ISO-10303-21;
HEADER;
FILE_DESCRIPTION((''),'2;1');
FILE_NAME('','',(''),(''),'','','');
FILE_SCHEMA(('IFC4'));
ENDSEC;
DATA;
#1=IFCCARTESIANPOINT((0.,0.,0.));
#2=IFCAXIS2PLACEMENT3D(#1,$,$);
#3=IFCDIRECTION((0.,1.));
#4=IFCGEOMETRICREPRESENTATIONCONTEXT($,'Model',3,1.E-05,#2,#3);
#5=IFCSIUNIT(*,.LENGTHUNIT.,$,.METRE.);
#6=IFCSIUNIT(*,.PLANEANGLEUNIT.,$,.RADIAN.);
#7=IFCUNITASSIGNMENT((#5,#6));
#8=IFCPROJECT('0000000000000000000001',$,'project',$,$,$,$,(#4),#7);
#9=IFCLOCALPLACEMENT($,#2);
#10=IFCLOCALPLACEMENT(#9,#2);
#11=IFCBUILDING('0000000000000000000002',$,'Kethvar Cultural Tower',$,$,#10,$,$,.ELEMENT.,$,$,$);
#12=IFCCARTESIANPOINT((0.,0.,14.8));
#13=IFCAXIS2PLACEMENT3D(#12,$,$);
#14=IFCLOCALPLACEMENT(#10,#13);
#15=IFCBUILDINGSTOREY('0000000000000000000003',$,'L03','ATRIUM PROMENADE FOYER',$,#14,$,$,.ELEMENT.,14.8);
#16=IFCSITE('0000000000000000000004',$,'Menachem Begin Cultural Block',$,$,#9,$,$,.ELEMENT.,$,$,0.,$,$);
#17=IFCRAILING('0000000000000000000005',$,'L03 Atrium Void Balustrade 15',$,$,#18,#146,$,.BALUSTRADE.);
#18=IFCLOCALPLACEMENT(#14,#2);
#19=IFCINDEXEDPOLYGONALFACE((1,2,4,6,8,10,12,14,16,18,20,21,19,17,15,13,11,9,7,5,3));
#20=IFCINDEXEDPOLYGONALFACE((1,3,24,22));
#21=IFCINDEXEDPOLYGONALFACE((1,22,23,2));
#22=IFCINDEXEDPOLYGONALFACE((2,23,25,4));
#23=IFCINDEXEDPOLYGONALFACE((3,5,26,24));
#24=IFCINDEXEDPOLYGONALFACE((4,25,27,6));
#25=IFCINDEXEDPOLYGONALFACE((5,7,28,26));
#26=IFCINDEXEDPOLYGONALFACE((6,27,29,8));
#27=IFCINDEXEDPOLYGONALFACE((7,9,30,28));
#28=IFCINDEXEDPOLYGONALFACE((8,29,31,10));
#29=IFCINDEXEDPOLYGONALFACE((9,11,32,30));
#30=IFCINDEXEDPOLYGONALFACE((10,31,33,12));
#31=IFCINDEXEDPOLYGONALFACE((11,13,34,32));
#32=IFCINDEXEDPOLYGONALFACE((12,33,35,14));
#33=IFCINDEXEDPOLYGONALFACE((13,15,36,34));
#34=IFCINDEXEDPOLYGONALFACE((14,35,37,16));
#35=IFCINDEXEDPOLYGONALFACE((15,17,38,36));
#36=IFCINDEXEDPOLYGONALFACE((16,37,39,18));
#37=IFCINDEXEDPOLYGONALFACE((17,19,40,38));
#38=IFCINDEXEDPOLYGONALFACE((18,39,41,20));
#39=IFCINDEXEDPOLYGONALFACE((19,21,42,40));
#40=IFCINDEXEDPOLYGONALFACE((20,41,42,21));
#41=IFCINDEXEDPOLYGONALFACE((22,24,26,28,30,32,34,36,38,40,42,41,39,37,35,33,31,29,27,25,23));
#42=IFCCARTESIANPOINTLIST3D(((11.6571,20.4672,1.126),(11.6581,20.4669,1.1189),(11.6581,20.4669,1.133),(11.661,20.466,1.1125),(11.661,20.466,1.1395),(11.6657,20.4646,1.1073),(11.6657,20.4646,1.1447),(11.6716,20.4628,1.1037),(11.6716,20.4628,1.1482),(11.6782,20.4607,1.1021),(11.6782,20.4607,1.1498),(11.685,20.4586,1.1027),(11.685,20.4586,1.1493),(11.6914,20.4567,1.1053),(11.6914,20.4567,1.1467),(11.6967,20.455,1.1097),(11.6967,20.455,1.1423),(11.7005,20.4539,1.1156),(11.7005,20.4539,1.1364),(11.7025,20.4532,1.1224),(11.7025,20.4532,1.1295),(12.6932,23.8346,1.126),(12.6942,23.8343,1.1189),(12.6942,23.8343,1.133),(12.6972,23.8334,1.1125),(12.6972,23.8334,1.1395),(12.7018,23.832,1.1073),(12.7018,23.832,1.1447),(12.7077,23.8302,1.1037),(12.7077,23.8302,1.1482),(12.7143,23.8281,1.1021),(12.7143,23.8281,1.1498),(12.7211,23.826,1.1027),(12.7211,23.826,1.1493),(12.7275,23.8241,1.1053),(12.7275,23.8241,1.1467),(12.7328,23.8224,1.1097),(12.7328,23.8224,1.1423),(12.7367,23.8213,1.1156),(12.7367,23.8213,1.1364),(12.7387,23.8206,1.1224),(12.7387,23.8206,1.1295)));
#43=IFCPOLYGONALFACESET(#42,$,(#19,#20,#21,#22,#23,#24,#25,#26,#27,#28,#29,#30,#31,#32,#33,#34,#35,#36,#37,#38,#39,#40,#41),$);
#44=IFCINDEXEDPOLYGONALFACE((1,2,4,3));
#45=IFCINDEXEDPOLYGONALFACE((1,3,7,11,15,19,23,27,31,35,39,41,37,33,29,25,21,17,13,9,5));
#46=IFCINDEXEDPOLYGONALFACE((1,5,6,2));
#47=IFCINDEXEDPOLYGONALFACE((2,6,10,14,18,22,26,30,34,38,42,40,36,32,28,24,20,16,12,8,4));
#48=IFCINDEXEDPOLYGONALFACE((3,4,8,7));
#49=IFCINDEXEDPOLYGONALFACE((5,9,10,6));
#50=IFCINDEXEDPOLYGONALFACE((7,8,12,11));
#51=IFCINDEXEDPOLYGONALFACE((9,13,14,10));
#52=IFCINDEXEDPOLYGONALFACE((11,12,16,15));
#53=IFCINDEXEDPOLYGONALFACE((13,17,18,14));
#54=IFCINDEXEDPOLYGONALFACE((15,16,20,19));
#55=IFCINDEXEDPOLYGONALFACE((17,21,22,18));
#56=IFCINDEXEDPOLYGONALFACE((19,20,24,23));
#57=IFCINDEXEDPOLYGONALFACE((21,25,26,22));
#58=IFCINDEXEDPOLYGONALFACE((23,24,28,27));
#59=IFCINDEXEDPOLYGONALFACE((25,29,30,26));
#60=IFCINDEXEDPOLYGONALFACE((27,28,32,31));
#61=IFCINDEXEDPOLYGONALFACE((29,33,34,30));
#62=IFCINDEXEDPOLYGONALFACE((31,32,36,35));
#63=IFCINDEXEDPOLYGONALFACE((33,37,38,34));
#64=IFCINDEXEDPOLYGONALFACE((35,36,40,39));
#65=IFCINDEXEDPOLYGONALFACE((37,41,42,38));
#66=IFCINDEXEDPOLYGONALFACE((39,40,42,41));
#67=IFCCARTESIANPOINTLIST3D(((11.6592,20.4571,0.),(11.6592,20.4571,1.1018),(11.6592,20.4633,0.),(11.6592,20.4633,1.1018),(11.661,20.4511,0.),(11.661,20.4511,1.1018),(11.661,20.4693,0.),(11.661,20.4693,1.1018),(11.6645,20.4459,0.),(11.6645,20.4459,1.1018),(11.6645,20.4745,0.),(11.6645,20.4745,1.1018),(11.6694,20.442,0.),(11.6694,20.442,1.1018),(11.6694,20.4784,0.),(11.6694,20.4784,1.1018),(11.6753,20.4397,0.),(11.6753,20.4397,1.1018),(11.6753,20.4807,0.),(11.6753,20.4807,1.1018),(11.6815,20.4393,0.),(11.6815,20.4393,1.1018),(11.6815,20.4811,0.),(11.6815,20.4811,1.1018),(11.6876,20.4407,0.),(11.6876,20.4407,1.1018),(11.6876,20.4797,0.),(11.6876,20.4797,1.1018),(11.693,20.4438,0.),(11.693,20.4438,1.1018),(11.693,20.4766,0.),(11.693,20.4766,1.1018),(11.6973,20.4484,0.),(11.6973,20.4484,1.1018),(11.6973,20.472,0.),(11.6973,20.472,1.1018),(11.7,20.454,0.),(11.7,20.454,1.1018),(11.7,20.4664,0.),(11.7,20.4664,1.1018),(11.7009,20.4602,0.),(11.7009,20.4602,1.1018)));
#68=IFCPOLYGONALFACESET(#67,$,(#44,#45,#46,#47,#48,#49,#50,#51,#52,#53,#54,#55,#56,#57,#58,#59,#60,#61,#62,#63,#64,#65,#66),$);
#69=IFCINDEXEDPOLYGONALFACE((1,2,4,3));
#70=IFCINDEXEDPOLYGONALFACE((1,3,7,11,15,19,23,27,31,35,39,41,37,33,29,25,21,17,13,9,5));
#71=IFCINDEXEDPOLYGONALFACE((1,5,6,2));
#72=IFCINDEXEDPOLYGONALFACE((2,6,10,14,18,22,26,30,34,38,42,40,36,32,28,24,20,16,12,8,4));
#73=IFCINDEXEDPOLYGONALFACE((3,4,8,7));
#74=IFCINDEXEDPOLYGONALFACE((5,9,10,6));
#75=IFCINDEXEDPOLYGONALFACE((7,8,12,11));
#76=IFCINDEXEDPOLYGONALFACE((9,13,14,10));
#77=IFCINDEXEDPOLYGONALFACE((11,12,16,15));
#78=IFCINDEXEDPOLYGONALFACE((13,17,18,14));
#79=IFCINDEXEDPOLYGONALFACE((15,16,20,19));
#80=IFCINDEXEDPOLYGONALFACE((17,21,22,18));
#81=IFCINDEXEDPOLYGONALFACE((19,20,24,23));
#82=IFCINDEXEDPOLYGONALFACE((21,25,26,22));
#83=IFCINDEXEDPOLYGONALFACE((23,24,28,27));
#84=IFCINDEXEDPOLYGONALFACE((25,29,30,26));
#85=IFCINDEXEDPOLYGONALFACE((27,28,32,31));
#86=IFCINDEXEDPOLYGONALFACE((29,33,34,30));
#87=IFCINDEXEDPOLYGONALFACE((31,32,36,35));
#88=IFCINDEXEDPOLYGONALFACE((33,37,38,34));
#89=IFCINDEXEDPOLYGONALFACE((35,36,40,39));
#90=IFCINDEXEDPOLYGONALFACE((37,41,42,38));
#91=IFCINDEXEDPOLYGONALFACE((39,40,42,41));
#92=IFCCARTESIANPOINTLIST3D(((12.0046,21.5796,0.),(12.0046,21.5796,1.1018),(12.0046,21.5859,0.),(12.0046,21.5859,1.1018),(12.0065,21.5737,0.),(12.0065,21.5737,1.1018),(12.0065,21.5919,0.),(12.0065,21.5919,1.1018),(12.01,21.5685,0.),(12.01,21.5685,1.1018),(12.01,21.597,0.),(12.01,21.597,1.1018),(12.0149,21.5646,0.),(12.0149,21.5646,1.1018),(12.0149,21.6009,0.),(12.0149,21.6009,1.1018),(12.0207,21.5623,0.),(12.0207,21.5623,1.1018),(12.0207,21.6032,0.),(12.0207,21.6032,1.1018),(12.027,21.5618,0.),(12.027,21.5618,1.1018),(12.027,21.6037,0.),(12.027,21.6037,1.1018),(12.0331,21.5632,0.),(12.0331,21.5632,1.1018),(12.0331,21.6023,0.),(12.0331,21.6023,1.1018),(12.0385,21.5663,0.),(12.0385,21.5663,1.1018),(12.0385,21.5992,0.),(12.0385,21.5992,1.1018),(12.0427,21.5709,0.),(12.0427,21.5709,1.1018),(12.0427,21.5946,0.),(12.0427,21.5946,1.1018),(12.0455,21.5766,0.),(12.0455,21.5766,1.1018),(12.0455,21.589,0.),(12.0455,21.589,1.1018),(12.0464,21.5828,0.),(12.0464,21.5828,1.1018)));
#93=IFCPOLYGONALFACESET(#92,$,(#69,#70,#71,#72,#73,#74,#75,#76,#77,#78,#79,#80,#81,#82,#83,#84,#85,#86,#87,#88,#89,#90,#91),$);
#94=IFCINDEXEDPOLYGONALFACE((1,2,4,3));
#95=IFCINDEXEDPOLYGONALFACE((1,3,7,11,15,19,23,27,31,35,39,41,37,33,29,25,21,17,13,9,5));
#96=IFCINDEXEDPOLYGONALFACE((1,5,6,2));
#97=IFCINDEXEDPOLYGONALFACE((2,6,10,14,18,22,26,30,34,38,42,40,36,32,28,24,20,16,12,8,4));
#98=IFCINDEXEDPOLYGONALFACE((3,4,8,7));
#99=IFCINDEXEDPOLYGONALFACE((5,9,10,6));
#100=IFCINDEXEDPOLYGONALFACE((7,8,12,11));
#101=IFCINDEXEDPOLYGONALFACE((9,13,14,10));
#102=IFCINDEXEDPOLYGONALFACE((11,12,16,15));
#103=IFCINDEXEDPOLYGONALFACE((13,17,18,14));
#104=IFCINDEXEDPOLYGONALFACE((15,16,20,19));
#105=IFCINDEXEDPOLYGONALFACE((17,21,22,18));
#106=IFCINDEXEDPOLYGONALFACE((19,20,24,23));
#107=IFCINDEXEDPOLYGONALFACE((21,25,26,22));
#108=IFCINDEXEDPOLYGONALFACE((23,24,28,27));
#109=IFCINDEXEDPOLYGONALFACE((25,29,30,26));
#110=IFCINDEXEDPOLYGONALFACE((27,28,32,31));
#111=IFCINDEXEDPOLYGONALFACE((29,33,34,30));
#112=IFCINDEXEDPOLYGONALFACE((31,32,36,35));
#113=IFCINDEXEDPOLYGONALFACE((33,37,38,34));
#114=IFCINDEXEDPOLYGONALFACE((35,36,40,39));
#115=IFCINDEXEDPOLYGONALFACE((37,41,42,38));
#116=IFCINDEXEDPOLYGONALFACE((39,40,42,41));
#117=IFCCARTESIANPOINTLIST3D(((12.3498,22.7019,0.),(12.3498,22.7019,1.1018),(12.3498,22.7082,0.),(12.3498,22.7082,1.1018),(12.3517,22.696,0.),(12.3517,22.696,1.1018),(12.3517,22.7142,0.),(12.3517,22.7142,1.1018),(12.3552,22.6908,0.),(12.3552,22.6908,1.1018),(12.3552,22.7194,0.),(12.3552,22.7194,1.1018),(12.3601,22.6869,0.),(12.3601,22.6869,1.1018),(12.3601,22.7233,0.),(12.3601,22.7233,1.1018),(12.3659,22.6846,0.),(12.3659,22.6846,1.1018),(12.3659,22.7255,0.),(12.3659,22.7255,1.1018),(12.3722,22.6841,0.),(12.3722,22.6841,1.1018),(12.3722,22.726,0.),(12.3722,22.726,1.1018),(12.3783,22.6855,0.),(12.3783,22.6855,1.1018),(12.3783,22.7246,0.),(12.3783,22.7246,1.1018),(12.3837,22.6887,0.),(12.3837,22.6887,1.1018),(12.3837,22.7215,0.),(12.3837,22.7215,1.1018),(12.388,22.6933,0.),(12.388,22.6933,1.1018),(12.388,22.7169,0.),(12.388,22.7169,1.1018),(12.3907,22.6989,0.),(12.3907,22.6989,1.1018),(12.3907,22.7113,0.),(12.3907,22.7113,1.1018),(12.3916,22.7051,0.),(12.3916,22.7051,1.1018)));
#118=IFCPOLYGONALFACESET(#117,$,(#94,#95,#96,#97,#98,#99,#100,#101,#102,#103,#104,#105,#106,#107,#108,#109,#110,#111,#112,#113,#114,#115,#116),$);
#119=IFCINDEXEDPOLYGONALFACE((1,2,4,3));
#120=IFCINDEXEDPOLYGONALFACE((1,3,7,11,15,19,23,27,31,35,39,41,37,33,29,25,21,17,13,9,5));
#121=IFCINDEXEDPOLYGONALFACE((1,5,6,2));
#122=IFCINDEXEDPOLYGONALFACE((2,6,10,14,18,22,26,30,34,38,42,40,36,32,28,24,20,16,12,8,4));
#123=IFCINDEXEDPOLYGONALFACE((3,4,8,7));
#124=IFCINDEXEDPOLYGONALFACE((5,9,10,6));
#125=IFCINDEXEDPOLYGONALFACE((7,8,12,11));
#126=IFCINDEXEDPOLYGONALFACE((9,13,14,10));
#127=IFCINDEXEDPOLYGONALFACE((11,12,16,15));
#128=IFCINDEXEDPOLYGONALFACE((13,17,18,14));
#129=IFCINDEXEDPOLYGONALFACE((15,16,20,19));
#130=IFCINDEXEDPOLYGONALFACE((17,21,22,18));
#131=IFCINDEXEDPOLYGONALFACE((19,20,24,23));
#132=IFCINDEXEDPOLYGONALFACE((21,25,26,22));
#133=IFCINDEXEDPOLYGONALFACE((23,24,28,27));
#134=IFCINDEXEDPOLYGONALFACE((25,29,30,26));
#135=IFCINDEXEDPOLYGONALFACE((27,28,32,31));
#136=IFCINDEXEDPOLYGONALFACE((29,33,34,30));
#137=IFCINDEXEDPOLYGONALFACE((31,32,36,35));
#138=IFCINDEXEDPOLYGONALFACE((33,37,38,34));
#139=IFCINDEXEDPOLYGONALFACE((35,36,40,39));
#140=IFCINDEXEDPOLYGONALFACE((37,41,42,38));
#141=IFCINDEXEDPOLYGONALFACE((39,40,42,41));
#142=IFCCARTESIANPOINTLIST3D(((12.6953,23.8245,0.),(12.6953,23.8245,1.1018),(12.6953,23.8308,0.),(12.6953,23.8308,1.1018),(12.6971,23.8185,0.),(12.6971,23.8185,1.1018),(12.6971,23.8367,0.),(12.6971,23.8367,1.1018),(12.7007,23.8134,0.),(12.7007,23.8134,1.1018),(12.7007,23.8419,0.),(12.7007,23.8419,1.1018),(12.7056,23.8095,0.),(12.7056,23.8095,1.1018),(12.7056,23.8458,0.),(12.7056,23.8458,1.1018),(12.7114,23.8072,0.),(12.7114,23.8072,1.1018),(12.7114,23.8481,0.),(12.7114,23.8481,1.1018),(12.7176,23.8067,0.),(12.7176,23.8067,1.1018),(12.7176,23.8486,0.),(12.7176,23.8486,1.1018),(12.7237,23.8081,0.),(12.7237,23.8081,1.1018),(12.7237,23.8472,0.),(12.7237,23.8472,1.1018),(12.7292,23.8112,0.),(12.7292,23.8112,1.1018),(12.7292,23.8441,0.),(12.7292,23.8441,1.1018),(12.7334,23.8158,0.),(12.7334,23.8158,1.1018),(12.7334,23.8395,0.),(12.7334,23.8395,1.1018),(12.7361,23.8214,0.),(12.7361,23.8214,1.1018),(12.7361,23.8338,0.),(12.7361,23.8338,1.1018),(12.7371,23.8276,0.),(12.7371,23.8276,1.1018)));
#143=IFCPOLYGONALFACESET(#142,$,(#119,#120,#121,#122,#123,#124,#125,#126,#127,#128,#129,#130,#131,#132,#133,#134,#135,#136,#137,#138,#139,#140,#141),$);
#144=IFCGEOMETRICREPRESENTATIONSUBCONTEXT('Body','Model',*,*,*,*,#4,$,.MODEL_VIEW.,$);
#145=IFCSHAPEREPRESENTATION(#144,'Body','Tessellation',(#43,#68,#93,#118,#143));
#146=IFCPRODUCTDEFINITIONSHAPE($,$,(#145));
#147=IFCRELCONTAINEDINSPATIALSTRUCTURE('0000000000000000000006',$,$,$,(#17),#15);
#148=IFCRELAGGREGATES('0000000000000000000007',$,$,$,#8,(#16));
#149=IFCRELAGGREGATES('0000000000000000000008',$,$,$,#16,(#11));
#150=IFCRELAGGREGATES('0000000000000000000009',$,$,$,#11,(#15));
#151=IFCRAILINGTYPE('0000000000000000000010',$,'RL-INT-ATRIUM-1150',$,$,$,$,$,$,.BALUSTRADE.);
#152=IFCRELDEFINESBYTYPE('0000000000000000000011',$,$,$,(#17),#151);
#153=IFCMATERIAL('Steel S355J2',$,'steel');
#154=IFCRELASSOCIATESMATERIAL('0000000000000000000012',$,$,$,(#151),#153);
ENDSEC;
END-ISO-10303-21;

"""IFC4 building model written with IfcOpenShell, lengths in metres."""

from ifc_helpers import new_model, si_unit, direction, frame, origin, origin_2d, place, context, subcontext, project, spatial, circle, extrude, material, type_object, element, save


model = new_model("IFC4")

# Units and contexts
model_context = context("Model", 3, precision=1e-05, world=origin(), true_north=direction((0.0, 1.0)))
body_context = subcontext(model_context, "Body", "Model", "MODEL_VIEW")
ifc_project = project(units=[si_unit("LENGTHUNIT", "METRE"), si_unit("PLANEANGLEUNIT", "RADIAN")], contexts=[model_context])

# Site, building, storey
site_placement = place(None, origin())
site = spatial("IfcSite", under=ifc_project, at=site_placement, Name="Menachem Begin Cultural Block", CompositionType="ELEMENT", RefElevation=0.0)
building_placement = place(site_placement, origin())
building = spatial("IfcBuilding", under=site, at=building_placement, Name="Kethvar Cultural Tower", CompositionType="ELEMENT")
storey_placement = place(building_placement, frame((0.0, 0.0, 14.8)))
storey = spatial("IfcBuildingStorey", under=building, at=storey_placement, Name="L03", Description="ATRIUM PROMENADE FOYER", CompositionType="ELEMENT", Elevation=14.8)

# Shared definitions
ifc_material_1 = material(Name="Steel S355J2", Category="steel")

# Railing
railing_type_1 = type_object("IfcRailingType", Name="RL-INT-ATRIUM-1150", PredefinedType="BALUSTRADE", material=ifc_material_1)
railing_1_placement = place(storey_placement, frame((11.6799, 20.4602, 0.0)))
element("IfcRailing", 1, at=railing_1_placement, inside=storey, type_object=railing_type_1, Name="L03 Atrium Void Balustrade 15", PredefinedType="BALUSTRADE", context=body_context, shape_type="SweptSolid", body=[
    extrude(circle(Radius=0.0239, at=origin_2d()), frame((0.0, 0.0, 1.126), z_axis=(0.294086, 0.955779, 0.0), x_axis=(-0.955779, 0.294086, 0.0)), (0.0, 0.0, 1.0), 3.5232),
    extrude(circle(Radius=0.021, at=origin_2d()), origin(), (0.0, 0.0, 1.0), 1.1018),
    extrude(circle(Radius=0.021, at=origin_2d()), frame((0.3455, 1.1226, 0.0)), (0.0, 0.0, 1.0), 1.1018),
    extrude(circle(Radius=0.021, at=origin_2d()), frame((0.6907, 2.2449, 0.0)), (0.0, 0.0, 1.0), 1.1018),
    extrude(circle(Radius=0.021, at=origin_2d()), frame((1.0361, 3.3674, 0.0)), (0.0, 0.0, 1.0), 1.1018),
])

save(model, "model.ifc")
